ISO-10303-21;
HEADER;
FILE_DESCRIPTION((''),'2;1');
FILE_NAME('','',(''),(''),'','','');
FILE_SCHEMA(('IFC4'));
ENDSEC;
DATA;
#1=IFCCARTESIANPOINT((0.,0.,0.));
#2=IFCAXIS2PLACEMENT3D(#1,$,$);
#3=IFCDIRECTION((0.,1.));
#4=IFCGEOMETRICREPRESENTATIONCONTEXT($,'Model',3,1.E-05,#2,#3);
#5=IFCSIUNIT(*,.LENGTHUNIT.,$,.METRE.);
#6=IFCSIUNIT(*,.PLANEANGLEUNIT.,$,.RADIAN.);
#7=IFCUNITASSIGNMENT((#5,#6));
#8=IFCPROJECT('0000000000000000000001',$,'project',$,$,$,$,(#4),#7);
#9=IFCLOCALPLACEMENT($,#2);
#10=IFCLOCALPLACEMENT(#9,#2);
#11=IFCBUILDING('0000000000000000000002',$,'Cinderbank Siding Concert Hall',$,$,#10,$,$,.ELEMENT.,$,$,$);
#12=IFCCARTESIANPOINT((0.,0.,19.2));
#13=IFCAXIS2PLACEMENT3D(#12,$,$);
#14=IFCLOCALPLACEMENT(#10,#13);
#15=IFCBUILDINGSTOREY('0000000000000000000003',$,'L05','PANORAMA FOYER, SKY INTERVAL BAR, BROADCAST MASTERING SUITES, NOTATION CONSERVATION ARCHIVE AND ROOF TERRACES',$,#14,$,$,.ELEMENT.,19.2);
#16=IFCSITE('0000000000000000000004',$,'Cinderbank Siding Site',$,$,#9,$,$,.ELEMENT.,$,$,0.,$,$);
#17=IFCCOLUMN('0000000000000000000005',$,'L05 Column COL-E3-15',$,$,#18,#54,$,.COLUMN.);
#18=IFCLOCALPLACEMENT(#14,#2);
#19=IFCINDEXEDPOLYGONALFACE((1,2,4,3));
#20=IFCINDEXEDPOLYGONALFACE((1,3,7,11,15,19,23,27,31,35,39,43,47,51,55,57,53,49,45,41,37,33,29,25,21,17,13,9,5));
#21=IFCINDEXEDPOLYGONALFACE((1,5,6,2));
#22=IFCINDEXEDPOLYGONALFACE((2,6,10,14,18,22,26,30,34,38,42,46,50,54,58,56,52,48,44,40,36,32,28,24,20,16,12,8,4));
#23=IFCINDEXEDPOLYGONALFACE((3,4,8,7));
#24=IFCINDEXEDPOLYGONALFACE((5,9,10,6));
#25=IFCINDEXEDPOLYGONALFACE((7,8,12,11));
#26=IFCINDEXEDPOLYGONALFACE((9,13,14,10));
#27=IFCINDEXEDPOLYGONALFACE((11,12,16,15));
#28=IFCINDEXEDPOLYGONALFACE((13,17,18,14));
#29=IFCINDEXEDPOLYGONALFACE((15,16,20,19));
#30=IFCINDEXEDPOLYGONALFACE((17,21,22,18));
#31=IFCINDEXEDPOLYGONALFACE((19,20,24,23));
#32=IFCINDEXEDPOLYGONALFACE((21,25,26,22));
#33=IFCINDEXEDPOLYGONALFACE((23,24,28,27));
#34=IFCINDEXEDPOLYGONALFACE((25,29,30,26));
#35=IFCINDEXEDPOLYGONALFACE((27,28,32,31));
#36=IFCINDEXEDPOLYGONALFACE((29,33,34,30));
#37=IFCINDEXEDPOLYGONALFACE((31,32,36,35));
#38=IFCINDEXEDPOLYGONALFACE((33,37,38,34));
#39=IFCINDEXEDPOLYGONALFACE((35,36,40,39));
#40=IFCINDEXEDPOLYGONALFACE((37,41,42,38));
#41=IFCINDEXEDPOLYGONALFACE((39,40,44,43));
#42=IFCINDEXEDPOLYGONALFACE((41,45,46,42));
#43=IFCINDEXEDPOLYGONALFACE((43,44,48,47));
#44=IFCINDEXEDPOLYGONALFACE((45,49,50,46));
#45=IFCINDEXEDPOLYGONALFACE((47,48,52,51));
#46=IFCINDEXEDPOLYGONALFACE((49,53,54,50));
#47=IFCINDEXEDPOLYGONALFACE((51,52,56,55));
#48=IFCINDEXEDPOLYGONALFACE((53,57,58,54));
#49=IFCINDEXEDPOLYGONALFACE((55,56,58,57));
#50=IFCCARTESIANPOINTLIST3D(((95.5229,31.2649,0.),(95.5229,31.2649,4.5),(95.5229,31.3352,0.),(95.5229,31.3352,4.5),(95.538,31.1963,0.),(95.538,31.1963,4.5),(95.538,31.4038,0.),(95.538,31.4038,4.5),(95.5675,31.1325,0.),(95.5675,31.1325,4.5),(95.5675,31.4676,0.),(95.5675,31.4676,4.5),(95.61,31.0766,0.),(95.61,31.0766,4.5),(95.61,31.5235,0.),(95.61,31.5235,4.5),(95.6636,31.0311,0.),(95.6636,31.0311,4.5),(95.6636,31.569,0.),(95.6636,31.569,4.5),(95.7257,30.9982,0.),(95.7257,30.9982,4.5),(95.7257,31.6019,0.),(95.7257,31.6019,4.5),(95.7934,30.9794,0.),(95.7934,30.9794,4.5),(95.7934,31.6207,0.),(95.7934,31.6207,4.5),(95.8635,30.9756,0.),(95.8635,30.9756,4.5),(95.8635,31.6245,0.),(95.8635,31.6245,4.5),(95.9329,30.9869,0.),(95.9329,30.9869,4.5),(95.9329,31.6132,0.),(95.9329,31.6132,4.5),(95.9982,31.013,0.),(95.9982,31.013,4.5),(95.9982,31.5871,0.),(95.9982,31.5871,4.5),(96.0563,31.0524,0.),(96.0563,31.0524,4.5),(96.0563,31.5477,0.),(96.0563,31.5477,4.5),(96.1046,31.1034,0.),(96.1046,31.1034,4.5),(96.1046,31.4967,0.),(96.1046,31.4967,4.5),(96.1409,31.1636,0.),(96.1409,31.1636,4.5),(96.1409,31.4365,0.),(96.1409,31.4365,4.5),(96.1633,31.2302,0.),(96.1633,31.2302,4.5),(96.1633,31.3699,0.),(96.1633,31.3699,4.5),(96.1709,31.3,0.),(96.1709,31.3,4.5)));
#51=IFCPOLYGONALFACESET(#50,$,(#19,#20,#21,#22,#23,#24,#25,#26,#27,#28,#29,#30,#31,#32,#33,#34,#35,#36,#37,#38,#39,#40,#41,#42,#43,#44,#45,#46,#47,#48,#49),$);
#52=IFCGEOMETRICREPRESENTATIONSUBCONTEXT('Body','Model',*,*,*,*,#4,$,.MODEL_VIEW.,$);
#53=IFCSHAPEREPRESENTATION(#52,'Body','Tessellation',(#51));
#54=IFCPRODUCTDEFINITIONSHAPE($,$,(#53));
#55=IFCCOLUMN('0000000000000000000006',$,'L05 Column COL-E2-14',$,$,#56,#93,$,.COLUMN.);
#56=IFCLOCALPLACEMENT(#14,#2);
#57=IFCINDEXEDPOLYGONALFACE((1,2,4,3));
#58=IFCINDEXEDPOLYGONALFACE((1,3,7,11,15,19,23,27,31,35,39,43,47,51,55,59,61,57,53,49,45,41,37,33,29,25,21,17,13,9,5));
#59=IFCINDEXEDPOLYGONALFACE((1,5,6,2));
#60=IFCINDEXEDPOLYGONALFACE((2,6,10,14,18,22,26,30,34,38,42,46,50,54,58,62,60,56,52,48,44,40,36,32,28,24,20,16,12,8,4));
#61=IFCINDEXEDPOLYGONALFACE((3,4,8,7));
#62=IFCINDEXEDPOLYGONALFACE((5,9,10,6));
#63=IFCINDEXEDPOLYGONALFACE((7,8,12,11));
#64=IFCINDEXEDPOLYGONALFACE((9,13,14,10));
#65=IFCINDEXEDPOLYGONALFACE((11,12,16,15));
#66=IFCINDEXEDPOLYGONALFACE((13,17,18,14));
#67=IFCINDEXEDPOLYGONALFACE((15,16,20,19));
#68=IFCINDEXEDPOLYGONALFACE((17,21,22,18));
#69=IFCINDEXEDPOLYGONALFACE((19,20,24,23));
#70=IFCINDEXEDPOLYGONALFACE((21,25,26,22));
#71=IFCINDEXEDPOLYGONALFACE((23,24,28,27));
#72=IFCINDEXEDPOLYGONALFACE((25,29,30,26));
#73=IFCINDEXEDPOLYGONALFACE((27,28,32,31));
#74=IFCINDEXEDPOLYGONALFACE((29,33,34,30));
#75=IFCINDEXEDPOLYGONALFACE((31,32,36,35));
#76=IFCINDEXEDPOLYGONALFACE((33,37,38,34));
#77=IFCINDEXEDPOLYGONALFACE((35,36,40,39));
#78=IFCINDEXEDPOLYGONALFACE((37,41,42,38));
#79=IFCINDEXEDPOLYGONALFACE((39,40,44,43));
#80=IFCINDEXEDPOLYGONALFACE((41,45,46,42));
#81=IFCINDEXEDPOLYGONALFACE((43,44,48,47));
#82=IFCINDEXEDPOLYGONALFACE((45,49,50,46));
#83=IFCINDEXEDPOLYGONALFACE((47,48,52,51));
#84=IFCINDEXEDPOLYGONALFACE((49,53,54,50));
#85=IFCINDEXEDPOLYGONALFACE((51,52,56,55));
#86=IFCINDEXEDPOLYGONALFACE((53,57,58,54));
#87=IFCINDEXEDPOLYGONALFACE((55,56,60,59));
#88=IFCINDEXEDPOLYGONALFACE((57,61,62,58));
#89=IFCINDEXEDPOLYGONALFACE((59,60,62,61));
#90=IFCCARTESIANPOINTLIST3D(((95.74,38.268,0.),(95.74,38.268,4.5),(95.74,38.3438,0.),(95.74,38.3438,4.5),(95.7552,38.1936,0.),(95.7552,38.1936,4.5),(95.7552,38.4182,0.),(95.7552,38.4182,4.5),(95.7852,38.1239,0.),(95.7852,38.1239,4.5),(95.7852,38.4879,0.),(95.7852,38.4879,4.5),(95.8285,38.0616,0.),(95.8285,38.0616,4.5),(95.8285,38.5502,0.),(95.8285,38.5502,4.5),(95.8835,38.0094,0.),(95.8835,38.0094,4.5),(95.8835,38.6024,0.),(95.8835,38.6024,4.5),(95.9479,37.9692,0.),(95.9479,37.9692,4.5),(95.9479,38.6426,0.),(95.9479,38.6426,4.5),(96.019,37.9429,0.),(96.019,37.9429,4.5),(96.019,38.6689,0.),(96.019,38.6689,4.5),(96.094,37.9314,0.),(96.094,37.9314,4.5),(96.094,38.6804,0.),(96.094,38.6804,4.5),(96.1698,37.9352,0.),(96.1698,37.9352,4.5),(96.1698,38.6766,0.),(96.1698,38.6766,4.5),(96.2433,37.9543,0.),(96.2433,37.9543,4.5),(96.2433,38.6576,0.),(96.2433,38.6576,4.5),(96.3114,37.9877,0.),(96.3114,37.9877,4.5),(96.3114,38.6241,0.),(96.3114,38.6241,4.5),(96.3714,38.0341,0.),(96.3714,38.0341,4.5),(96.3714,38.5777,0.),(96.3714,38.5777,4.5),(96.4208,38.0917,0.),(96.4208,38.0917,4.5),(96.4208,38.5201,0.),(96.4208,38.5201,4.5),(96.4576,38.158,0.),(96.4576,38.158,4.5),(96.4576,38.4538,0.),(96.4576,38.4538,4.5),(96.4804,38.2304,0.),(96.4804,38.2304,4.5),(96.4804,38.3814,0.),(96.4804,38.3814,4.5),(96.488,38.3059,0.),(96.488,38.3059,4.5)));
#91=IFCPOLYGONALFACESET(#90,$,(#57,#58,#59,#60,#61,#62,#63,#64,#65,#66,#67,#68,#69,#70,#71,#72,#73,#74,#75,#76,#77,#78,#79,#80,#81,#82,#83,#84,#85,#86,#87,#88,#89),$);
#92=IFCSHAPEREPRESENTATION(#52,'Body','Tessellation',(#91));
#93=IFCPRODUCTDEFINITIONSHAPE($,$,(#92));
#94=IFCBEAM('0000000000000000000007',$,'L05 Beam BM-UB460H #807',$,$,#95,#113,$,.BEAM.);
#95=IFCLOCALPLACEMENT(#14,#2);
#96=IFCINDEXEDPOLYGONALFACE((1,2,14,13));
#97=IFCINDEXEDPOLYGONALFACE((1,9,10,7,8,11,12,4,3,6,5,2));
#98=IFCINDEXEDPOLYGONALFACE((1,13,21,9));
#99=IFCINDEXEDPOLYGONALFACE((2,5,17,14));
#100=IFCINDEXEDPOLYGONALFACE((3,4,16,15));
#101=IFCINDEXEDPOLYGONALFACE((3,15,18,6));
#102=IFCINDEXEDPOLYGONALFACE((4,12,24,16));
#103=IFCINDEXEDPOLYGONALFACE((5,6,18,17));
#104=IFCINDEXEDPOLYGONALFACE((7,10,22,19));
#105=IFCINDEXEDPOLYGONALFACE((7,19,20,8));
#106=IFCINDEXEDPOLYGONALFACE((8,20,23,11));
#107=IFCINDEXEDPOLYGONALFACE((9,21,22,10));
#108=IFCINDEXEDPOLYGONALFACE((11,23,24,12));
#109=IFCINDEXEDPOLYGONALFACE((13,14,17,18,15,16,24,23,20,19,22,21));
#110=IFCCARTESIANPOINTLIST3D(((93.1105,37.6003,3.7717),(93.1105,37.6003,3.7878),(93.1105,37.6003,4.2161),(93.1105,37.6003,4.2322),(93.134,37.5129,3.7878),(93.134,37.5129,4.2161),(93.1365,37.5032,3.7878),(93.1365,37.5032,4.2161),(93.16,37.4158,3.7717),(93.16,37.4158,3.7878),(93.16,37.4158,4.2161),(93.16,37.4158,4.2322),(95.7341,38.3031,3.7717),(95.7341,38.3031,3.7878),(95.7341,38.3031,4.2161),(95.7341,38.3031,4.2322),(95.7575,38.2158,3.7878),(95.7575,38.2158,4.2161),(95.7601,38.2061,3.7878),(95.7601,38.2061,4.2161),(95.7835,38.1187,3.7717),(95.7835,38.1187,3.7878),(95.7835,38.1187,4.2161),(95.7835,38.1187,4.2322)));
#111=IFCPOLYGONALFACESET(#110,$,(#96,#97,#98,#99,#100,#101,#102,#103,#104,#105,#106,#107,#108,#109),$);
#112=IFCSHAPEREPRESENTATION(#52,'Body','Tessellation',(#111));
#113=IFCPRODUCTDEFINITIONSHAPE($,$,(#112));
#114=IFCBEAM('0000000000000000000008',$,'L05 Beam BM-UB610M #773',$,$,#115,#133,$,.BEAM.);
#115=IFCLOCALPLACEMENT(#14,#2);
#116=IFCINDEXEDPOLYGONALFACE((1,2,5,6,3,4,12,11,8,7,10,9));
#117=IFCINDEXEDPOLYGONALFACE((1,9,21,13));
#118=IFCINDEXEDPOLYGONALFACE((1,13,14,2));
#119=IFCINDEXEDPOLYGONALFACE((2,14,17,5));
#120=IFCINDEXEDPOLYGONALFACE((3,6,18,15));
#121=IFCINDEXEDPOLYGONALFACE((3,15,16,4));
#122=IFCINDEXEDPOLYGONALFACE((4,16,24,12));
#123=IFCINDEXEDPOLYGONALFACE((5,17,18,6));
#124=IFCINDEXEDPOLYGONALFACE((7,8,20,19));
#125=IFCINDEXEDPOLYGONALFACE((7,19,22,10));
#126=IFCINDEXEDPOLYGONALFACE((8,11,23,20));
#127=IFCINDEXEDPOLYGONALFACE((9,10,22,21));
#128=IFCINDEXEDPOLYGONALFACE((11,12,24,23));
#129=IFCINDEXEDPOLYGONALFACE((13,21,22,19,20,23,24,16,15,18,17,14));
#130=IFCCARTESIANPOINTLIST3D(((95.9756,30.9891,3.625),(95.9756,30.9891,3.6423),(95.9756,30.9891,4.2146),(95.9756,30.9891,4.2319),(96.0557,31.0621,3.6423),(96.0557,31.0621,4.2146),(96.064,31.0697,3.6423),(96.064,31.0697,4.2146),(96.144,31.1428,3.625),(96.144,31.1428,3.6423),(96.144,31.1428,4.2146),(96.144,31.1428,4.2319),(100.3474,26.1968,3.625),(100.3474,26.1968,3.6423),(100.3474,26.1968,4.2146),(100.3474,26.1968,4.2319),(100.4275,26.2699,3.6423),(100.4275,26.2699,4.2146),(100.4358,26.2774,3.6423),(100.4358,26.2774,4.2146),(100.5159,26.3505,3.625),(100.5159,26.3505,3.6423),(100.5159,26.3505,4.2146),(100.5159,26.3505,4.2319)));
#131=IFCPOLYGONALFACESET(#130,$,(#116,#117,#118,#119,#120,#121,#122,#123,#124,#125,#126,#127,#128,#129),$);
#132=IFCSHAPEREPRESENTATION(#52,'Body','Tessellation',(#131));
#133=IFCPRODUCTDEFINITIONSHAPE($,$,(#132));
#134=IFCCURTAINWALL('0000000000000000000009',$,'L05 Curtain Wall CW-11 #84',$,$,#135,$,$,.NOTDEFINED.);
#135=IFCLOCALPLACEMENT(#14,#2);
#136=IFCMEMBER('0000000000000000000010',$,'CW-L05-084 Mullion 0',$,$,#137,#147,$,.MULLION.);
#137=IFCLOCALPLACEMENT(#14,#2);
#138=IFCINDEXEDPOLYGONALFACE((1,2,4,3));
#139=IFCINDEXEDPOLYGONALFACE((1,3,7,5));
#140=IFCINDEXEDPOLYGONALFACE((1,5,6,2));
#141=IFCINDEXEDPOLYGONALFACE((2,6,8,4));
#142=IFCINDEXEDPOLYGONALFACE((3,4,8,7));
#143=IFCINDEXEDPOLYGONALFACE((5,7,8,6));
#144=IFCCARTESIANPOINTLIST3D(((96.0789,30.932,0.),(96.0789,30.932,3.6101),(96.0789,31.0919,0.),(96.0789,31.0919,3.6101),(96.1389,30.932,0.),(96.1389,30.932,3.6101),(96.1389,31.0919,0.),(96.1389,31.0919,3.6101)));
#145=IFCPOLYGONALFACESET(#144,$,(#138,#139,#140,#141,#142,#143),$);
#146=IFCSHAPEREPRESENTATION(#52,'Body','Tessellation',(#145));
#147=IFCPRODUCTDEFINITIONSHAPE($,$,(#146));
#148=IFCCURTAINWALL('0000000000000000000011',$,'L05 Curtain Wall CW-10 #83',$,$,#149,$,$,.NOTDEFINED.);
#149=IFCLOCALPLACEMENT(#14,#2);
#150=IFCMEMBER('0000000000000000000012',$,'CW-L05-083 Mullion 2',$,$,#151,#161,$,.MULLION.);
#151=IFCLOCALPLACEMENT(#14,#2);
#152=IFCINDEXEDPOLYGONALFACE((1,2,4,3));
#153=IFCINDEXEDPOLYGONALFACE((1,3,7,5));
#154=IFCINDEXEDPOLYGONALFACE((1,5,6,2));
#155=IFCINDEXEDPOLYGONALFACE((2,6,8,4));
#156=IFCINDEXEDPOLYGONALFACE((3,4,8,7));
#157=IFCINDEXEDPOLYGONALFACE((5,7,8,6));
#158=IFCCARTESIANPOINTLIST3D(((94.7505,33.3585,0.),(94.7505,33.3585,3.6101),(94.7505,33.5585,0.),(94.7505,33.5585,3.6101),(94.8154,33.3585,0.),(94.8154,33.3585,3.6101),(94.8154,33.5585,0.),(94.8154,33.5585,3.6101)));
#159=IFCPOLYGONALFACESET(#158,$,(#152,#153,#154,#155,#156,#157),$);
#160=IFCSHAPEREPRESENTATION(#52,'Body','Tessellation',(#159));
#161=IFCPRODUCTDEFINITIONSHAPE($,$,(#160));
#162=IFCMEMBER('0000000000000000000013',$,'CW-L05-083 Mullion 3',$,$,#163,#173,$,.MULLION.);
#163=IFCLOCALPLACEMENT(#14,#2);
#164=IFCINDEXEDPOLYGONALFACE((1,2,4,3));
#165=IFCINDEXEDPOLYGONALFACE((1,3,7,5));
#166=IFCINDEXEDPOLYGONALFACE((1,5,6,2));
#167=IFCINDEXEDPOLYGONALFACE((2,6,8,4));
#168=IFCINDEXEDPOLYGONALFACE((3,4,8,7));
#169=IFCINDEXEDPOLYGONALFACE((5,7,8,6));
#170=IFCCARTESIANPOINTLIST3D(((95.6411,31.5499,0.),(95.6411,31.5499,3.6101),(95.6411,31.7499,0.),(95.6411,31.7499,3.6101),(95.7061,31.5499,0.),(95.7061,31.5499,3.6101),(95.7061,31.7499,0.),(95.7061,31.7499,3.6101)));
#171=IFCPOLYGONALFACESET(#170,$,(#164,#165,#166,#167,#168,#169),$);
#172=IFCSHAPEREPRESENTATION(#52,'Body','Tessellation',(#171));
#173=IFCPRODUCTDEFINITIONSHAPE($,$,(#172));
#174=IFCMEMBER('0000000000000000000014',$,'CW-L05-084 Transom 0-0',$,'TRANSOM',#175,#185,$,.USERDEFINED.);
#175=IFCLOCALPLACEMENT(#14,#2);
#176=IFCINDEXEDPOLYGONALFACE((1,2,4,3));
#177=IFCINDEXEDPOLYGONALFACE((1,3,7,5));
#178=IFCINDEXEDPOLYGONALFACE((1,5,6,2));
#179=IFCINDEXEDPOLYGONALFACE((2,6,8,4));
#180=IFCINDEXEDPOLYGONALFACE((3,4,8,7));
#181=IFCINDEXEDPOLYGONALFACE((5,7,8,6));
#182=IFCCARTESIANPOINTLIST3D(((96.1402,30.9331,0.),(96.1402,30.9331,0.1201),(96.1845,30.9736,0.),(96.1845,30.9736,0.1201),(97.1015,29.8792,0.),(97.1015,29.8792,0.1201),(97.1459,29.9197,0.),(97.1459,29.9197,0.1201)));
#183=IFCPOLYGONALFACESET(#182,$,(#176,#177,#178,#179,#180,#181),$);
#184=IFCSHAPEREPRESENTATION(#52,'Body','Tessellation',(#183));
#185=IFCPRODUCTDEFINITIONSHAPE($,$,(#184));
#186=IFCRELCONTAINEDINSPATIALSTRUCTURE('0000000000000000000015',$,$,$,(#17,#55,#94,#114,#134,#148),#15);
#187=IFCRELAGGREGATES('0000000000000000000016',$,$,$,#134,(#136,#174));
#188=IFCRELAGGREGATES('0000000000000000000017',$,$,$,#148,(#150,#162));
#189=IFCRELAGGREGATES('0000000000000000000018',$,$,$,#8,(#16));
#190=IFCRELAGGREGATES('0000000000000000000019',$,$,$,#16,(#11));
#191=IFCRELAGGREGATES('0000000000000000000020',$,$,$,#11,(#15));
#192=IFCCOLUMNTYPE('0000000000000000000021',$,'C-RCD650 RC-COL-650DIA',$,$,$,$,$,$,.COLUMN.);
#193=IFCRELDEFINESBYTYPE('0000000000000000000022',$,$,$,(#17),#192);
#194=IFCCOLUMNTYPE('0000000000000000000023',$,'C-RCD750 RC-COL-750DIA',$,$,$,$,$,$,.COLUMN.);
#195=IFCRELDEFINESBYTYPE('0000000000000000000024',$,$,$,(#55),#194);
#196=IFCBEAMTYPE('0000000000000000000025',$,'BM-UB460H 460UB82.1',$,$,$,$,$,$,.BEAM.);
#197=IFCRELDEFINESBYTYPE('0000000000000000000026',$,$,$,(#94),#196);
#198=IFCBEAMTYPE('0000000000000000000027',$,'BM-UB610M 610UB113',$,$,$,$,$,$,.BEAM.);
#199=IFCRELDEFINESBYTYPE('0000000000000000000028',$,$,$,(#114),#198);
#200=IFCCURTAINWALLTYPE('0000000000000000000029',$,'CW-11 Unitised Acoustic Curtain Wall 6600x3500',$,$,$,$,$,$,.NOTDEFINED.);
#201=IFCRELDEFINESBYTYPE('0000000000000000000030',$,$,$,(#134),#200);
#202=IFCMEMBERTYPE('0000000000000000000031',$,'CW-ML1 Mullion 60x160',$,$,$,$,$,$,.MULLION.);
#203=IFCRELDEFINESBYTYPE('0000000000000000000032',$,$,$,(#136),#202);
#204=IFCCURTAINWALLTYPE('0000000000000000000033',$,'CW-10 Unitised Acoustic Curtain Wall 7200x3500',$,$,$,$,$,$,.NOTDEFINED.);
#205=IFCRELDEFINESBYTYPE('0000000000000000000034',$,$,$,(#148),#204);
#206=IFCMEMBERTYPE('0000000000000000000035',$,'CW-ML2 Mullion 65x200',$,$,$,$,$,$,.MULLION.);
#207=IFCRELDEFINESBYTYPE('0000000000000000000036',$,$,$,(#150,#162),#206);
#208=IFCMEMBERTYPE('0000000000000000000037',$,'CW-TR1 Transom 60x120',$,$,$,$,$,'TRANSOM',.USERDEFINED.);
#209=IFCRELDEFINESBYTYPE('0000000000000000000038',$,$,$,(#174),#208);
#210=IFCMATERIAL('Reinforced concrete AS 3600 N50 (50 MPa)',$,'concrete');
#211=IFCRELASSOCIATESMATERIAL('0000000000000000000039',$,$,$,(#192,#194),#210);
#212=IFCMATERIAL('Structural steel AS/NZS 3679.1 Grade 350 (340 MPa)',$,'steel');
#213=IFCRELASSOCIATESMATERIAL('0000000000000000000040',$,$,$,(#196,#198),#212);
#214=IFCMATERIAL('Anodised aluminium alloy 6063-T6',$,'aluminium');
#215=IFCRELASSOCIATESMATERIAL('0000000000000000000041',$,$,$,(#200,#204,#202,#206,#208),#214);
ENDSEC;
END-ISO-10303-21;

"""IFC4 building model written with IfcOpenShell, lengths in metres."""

from ifc_helpers import new_model, si_unit, direction, frame, origin, origin_2d, place, context, subcontext, project, spatial, rectangle, circle, i_section, extrude, material, material_profile, profile_set, type_object, element, aggregate, save


model = new_model("IFC4")

# Units and contexts
model_context = context("Model", 3, precision=1e-05, world=origin(), true_north=direction((0.0, 1.0)))
body_context = subcontext(model_context, "Body", "Model", "MODEL_VIEW")
ifc_project = project(units=[si_unit("LENGTHUNIT", "METRE"), si_unit("PLANEANGLEUNIT", "RADIAN")], contexts=[model_context])

# Site, building, storey
site_placement = place(None, origin())
site = spatial("IfcSite", under=ifc_project, at=site_placement, Name="Cinderbank Siding Site", CompositionType="ELEMENT", RefElevation=0.0)
building_placement = place(site_placement, origin())
building = spatial("IfcBuilding", under=site, at=building_placement, Name="Cinderbank Siding Concert Hall", CompositionType="ELEMENT")
storey_placement = place(building_placement, frame((0.0, 0.0, 19.2)))
storey = spatial("IfcBuildingStorey", under=building, at=storey_placement, Name="L05", Description="PANORAMA FOYER, SKY INTERVAL BAR, BROADCAST MASTERING SUITES, NOTATION CONSERVATION ARCHIVE AND ROOF TERRACES", CompositionType="ELEMENT", Elevation=19.2)

# Columns
ifc_material_1 = material(Name="Reinforced concrete AS 3600 N50 (50 MPa)", Category="concrete")
ifc_material_profile_1 = material_profile(ifc_material_1, circle(Radius=0.325, at=origin_2d()), Name="RC-COL-650DIA", Category="LoadBearing")
ifc_profile_set_1 = profile_set([ifc_material_profile_1], Name="Reinforced concrete AS 3600 N50 (50 MPa)")
column_type_1 = type_object("IfcColumnType", Name="C-RCD650 RC-COL-650DIA", PredefinedType="COLUMN", material=ifc_profile_set_1)
column_1_placement = place(storey_placement, frame((95.8459, 31.3, 0.0), z_axis=(0.0, 0.0, 1.0), x_axis=(1.0, 0.0, 0.0)))
element("IfcColumn", 1, at=column_1_placement, inside=storey, type_object=column_type_1, Name="L05 Column COL-E3-15", PredefinedType="COLUMN", context=body_context, shape_type="SweptSolid", body=[
    extrude(circle(Radius=0.325, at=origin_2d()), origin(), (0.0, 0.0, 1.0), 4.5),
])
ifc_material_profile_2 = material_profile(ifc_material_1, circle(Radius=0.375, at=origin_2d()), Name="RC-COL-750DIA", Category="LoadBearing")
ifc_profile_set_2 = profile_set([ifc_material_profile_2], Name="Reinforced concrete AS 3600 N50 (50 MPa)")
column_type_2 = type_object("IfcColumnType", Name="C-RCD750 RC-COL-750DIA", PredefinedType="COLUMN", material=ifc_profile_set_2)
column_2_placement = place(storey_placement, frame((96.113, 38.3059, 0.0), z_axis=(0.0, 0.0, 1.0), x_axis=(1.0, 0.0, 0.0)))
element("IfcColumn", 2, at=column_2_placement, inside=storey, type_object=column_type_2, Name="L05 Column COL-E2-14", PredefinedType="COLUMN", context=body_context, shape_type="SweptSolid", body=[
    extrude(circle(Radius=0.375, at=origin_2d()), origin(), (0.0, 0.0, 1.0), 4.5),
])

# Beams
ifc_material_2 = material(Name="Structural steel AS/NZS 3679.1 Grade 350 (340 MPa)", Category="steel")
ifc_material_profile_3 = material_profile(ifc_material_2, i_section(OverallWidth=0.1909, OverallDepth=0.4604, WebThickness=0.01, FlangeThickness=0.0161, at=origin_2d()), Name="460UB82.1", Category="LoadBearing")
ifc_profile_set_3 = profile_set([ifc_material_profile_3], Name="Structural steel AS/NZS 3679.1 Grade 350 (340 MPa)")
beam_type_1 = type_object("IfcBeamType", Name="BM-UB460H 460UB82.1", PredefinedType="BEAM", material=ifc_profile_set_3)
beam_1_placement = place(storey_placement, frame((95.7588, 38.2109, 4.002), z_axis=(-0.965934, -0.258787, 0.0), x_axis=(0.258787, -0.965934, 0.0)))
element("IfcBeam", 3, at=beam_1_placement, inside=storey, type_object=beam_type_1, Name="L05 Beam BM-UB460H #807", PredefinedType="BEAM", context=body_context, shape_type="SweptSolid", body=[
    extrude(i_section(OverallWidth=0.1909, OverallDepth=0.4604, WebThickness=0.01, FlangeThickness=0.0161, at=origin_2d()), origin(), (0.0, 0.0, 1.0), 2.7161),
])
ifc_material_profile_4 = material_profile(ifc_material_2, i_section(OverallWidth=0.228, OverallDepth=0.6069, WebThickness=0.0112, FlangeThickness=0.0173, at=origin_2d()), Name="610UB113", Category="LoadBearing")
ifc_profile_set_4 = profile_set([ifc_material_profile_4], Name="Structural steel AS/NZS 3679.1 Grade 350 (340 MPa)")
beam_type_2 = type_object("IfcBeamType", Name="BM-UB610M 610UB113", PredefinedType="BEAM", material=ifc_profile_set_4)
beam_2_placement = place(storey_placement, frame((96.0598, 31.0659, 3.9285), z_axis=(0.673959, -0.738769, 0.0), x_axis=(0.738769, 0.673959, 0.0)))
element("IfcBeam", 4, at=beam_2_placement, inside=storey, type_object=beam_type_2, Name="L05 Beam BM-UB610M #773", PredefinedType="BEAM", context=body_context, shape_type="SweptSolid", body=[
    extrude(i_section(OverallWidth=0.228, OverallDepth=0.6069, WebThickness=0.0112, FlangeThickness=0.0173, at=origin_2d()), origin(), (0.0, 0.0, 1.0), 6.4868),
])

# Curtain wall, member
ifc_material_3 = material(Name="Anodised aluminium alloy 6063-T6", Category="aluminium")
curtain_wall_type_1 = type_object("IfcCurtainWallType", Name="CW-11 Unitised Acoustic Curtain Wall 6600x3500", PredefinedType="NOTDEFINED", material=ifc_material_3)
curtain_wall_1_placement = place(storey_placement, origin())
curtain_wall_1 = element("IfcCurtainWall", 5, at=curtain_wall_1_placement, inside=storey, type_object=curtain_wall_type_1, Name="L05 Curtain Wall CW-11 #84", PredefinedType="NOTDEFINED")
ifc_material_profile_5 = material_profile(ifc_material_3, rectangle(XDim=0.0601, YDim=0.1599, at=origin_2d()), Name="ALU-MULL-60x160", Category="LoadBearing")
ifc_profile_set_5 = profile_set([ifc_material_profile_5], Name="Anodised aluminium alloy 6063-T6")
member_type_1 = type_object("IfcMemberType", Name="CW-ML1 Mullion 60x160", PredefinedType="MULLION", material=ifc_profile_set_5)
member_1_placement = place(storey_placement, frame((96.1089, 31.012, 0.0), z_axis=(0.0, 0.0, 1.0), x_axis=(1.0, 0.0, 0.0)))
member_1 = element("IfcMember", 6, at=member_1_placement, type_object=member_type_1, Name="CW-L05-084 Mullion 0", PredefinedType="MULLION", context=body_context, shape_type="SweptSolid", body=[
    extrude(rectangle(XDim=0.0601, YDim=0.1599, at=origin_2d()), origin(), (0.0, 0.0, 1.0), 3.6101),
])

# Curtain wall, members
curtain_wall_type_2 = type_object("IfcCurtainWallType", Name="CW-10 Unitised Acoustic Curtain Wall 7200x3500", PredefinedType="NOTDEFINED", material=ifc_material_3)
curtain_wall_2_placement = place(storey_placement, origin())
curtain_wall_2 = element("IfcCurtainWall", 7, at=curtain_wall_2_placement, inside=storey, type_object=curtain_wall_type_2, Name="L05 Curtain Wall CW-10 #83", PredefinedType="NOTDEFINED")
ifc_material_profile_6 = material_profile(ifc_material_3, rectangle(XDim=0.0649, YDim=0.2, at=origin_2d()), Name="ALU-MULL-65x200", Category="LoadBearing")
ifc_profile_set_6 = profile_set([ifc_material_profile_6], Name="Anodised aluminium alloy 6063-T6")
member_type_2 = type_object("IfcMemberType", Name="CW-ML2 Mullion 65x200", PredefinedType="MULLION", material=ifc_profile_set_6)
member_2_placement = place(storey_placement, frame((94.783, 33.4585, 0.0), z_axis=(0.0, 0.0, 1.0), x_axis=(1.0, 0.0, 0.0)))
member_2 = element("IfcMember", 8, at=member_2_placement, type_object=member_type_2, Name="CW-L05-083 Mullion 2", PredefinedType="MULLION", context=body_context, shape_type="SweptSolid", body=[
    extrude(rectangle(XDim=0.0649, YDim=0.2, at=origin_2d()), origin(), (0.0, 0.0, 1.0), 3.6101),
])
member_3_placement = place(storey_placement, frame((95.6736, 31.6499, 0.0), z_axis=(0.0, 0.0, 1.0), x_axis=(1.0, 0.0, 0.0)))
member_3 = element("IfcMember", 9, at=member_3_placement, type_object=member_type_2, Name="CW-L05-083 Mullion 3", PredefinedType="MULLION", context=body_context, shape_type="SweptSolid", body=[
    extrude(rectangle(XDim=0.0649, YDim=0.2, at=origin_2d()), origin(), (0.0, 0.0, 1.0), 3.6101),
])

# Member
ifc_material_profile_7 = material_profile(ifc_material_3, rectangle(XDim=0.0601, YDim=0.1201, at=origin_2d()), Name="ALU-TRAN-60x120", Category="LoadBearing")
ifc_profile_set_7 = profile_set([ifc_material_profile_7], Name="Anodised aluminium alloy 6063-T6")
member_type_3 = type_object("IfcMemberType", Name="CW-TR1 Transom 60x120", ElementType="TRANSOM", PredefinedType="USERDEFINED", material=ifc_profile_set_7)
member_4_placement = place(storey_placement, frame((96.1624, 30.9534, 0.0601), z_axis=(0.673932, -0.738793, 0.0), x_axis=(0.738793, 0.673932, 0.0)))
member_4 = element("IfcMember", 10, at=member_4_placement, type_object=member_type_3, Name="CW-L05-084 Transom 0-0", ObjectType="TRANSOM", PredefinedType="USERDEFINED", context=body_context, shape_type="SweptSolid", body=[
    extrude(rectangle(XDim=0.0601, YDim=0.1201, at=origin_2d()), origin(), (0.0, 0.0, 1.0), 1.4265),
])
aggregate(curtain_wall_1, [member_1, member_4])

aggregate(curtain_wall_2, [member_2, member_3])

save(model, "model.ifc")
